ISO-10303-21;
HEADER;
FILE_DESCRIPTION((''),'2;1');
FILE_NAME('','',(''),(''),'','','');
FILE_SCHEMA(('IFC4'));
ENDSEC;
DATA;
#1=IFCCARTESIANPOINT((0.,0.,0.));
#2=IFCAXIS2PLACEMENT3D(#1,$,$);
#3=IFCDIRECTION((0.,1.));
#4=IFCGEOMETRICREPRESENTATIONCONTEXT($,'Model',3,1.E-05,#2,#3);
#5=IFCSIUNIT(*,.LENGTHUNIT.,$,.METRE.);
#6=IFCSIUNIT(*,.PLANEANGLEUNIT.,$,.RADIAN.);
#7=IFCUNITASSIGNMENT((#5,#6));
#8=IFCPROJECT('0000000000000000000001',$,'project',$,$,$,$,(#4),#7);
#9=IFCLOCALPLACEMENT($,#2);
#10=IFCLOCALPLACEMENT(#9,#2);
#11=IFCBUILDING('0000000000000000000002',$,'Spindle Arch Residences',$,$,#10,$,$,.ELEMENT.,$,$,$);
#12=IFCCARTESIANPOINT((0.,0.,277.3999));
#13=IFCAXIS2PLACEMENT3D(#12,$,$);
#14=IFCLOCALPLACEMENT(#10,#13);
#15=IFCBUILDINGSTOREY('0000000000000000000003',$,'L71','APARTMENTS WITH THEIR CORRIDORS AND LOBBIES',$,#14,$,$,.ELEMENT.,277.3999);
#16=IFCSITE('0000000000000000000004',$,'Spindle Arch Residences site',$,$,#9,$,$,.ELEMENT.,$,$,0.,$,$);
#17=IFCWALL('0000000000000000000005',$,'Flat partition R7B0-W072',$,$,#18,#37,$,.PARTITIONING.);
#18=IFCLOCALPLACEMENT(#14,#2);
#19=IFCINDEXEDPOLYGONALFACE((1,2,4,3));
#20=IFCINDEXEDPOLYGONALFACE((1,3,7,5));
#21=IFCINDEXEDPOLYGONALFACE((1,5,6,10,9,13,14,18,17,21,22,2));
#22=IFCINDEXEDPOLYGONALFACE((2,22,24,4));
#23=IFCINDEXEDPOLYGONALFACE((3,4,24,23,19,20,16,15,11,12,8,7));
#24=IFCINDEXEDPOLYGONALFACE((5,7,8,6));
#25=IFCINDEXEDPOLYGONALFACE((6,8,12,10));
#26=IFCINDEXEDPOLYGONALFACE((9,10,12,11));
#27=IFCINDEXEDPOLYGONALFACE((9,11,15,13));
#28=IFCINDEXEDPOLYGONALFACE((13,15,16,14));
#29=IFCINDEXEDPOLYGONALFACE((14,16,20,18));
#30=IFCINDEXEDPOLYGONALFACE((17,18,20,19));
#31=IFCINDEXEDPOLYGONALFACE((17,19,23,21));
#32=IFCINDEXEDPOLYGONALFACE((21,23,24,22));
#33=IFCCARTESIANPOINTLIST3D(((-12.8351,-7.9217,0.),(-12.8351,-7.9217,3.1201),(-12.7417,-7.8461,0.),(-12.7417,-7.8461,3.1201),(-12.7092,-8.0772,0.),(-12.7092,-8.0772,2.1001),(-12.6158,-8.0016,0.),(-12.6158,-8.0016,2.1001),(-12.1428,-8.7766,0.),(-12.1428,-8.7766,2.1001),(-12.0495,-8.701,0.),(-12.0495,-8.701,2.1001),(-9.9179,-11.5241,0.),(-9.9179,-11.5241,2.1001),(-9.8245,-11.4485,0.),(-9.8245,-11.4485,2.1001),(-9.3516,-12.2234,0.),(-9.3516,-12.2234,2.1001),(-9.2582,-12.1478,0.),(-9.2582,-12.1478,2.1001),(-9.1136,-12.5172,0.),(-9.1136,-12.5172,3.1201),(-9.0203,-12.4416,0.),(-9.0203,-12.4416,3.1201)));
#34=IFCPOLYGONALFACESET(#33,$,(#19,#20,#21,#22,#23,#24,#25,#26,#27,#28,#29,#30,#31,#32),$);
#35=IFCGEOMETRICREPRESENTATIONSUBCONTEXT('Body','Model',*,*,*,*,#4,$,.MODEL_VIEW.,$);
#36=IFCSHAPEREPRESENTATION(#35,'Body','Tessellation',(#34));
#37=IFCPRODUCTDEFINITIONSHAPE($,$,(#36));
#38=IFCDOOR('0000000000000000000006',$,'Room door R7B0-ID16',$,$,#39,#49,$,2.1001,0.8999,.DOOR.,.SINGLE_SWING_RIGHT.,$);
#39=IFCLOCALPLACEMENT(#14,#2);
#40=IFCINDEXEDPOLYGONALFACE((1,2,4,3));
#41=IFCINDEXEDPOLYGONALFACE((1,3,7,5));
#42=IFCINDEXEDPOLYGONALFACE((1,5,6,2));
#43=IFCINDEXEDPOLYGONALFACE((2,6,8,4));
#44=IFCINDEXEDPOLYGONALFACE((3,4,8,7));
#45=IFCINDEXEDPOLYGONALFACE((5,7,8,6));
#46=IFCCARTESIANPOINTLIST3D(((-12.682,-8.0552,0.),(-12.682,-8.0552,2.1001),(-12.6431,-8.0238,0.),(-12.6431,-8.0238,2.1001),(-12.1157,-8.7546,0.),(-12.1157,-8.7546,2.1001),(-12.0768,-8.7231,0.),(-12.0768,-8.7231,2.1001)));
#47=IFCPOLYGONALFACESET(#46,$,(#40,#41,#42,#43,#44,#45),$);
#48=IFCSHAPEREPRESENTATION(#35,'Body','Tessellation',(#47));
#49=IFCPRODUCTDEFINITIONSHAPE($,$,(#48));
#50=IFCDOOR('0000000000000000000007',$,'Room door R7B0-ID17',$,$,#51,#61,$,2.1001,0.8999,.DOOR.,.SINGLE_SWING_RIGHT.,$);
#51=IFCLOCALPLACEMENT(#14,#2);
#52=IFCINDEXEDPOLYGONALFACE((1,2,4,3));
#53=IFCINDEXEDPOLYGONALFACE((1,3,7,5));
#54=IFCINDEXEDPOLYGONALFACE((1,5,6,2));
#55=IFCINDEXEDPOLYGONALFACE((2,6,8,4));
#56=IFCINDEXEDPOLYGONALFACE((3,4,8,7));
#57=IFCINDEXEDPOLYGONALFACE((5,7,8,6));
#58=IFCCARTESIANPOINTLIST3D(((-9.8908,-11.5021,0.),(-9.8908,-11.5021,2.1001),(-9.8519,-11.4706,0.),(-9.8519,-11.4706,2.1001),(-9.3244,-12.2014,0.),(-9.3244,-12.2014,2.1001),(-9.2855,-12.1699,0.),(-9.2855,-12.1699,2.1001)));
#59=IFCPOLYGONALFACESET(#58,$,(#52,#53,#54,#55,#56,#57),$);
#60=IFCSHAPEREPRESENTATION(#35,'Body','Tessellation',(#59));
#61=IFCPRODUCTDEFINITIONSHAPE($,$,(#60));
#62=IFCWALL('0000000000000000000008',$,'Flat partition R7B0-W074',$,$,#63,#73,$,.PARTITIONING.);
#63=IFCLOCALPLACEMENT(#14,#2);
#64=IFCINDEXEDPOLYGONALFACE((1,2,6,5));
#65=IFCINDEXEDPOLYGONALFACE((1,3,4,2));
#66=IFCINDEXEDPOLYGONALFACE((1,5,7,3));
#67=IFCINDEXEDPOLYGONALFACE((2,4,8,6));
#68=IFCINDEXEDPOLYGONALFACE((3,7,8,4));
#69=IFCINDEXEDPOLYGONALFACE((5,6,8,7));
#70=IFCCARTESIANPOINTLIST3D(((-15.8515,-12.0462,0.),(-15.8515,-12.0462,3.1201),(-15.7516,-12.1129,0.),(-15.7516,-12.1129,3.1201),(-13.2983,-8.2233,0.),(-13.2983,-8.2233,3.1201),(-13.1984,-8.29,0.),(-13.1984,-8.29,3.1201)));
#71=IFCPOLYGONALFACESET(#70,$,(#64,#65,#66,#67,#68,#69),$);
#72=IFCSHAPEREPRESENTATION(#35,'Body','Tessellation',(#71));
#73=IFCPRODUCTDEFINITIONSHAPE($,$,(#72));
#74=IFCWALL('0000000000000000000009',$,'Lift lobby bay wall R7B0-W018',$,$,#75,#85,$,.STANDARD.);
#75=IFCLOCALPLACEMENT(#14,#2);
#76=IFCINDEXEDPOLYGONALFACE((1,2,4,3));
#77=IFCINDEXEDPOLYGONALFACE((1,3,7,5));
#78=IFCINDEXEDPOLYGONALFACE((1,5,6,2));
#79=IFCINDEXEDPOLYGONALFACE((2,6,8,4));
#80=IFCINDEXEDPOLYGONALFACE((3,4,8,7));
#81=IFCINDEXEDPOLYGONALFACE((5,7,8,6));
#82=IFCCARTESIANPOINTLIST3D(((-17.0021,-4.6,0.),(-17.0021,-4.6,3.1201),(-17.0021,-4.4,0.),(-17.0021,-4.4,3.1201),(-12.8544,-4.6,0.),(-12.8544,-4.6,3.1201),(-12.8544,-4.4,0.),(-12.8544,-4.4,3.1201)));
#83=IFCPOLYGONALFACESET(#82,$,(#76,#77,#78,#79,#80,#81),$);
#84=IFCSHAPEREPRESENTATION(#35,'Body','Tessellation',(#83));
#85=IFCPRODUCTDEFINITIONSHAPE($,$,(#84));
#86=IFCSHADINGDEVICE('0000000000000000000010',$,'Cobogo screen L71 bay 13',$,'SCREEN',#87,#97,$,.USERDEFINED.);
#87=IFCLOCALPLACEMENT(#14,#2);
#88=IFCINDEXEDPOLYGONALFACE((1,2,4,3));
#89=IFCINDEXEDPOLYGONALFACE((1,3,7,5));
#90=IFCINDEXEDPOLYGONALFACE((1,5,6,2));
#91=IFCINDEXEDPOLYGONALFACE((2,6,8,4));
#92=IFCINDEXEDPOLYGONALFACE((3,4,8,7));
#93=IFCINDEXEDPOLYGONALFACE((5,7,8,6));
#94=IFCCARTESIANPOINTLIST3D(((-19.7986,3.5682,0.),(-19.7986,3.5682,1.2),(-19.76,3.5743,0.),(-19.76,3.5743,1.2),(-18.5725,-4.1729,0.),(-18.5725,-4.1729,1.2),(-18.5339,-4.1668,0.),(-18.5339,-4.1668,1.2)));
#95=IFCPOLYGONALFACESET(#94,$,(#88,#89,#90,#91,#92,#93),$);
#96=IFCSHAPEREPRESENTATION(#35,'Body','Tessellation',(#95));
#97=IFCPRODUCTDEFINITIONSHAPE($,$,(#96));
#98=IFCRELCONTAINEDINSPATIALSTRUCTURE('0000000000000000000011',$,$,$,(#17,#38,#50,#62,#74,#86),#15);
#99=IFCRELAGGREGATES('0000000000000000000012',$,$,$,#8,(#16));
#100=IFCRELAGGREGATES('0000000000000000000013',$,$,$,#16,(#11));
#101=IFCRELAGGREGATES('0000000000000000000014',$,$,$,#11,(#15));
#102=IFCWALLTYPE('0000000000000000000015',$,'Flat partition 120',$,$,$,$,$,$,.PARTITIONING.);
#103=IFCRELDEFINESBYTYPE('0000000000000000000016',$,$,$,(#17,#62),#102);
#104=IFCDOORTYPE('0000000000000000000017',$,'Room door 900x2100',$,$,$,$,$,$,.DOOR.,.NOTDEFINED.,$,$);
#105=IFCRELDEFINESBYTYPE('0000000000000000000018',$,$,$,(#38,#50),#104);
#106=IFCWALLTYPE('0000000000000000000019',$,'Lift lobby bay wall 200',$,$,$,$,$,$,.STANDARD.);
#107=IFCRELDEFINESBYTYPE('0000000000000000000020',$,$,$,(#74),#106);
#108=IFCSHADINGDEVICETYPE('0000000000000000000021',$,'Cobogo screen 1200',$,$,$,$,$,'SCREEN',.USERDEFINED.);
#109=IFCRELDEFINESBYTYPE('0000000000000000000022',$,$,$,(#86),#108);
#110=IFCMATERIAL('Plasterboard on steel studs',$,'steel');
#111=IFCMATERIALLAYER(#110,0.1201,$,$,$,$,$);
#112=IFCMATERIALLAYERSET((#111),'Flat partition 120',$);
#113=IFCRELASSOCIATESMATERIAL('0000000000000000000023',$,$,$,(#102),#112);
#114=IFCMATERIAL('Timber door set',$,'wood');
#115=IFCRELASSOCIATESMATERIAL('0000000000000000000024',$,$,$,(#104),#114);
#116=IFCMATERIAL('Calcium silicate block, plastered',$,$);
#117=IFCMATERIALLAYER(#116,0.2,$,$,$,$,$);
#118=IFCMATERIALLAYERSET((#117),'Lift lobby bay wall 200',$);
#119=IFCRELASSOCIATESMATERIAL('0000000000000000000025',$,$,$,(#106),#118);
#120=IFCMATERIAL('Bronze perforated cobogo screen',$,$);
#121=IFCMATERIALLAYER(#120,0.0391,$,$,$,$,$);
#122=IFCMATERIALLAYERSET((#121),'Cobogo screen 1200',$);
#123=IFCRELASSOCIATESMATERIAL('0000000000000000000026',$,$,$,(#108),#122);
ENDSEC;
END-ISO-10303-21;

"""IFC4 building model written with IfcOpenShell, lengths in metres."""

from ifc_helpers import new_model, si_unit, direction, frame, frame_2d, origin, origin_2d, place, context, subcontext, project, spatial, rectangle, extrude, material, layer, layer_set, type_object, element, fill, save


model = new_model("IFC4")

# Units and contexts
model_context = context("Model", 3, precision=1e-05, world=origin(), true_north=direction((0.0, 1.0)))
body_context = subcontext(model_context, "Body", "Model", "MODEL_VIEW")
ifc_project = project(units=[si_unit("LENGTHUNIT", "METRE"), si_unit("PLANEANGLEUNIT", "RADIAN")], contexts=[model_context])

# Site, building, storey
site_placement = place(None, origin())
site = spatial("IfcSite", under=ifc_project, at=site_placement, Name="Spindle Arch Residences site", CompositionType="ELEMENT", RefElevation=0.0)
building_placement = place(site_placement, origin())
building = spatial("IfcBuilding", under=site, at=building_placement, Name="Spindle Arch Residences", CompositionType="ELEMENT")
storey_placement = place(building_placement, frame((0.0, 0.0, 277.3999)))
storey = spatial("IfcBuildingStorey", under=building, at=storey_placement, Name="L71", Description="APARTMENTS WITH THEIR CORRIDORS AND LOBBIES", CompositionType="ELEMENT", Elevation=277.3999)

# Shared definitions
ifc_material_1 = material(Name="Plasterboard on steel studs", Category="steel")
ifc_layer_1 = layer(ifc_material_1, 0.1201)
ifc_layer_set_1 = layer_set([ifc_layer_1], Name="Flat partition 120")
wall_type_1 = type_object("IfcWallType", Name="Flat partition 120", PredefinedType="PARTITIONING", material=ifc_layer_set_1)
ifc_material_2 = material(Name="Timber door set", Category="wood")
door_type = type_object("IfcDoorType", Name="Room door 900x2100", OperationType="NOTDEFINED", PredefinedType="DOOR", material=ifc_material_2)

# Wall, openings, doors
wall_1_placement = place(storey_placement, frame((-12.7883, -7.884, 0.0), z_axis=(0.0, 0.0, 1.0), x_axis=(0.629331, -0.777137, 0.0)))
wall_1 = element("IfcWall", 1, at=wall_1_placement, inside=storey, type_object=wall_type_1, Name="Flat partition R7B0-W072", PredefinedType="PARTITIONING", context=body_context, shape_type="SweptSolid", body=[
    extrude(rectangle(XDim=5.9133, YDim=0.1201, at=frame_2d((2.9565, 0.0))), origin(), (0.0, 0.0, 1.0), 3.1201),
])
opening_1_placement = place(wall_1_placement, frame((0.2, 0.0, 0.0)))
opening_1 = element("IfcOpeningElement", 2, at=opening_1_placement, cuts=wall_1, PredefinedType="OPENING", context=body_context, shape_type="SweptSolid", body=[
    extrude(rectangle(XDim=0.8999, YDim=2.1001, at=frame_2d((0.45, 1.05))), frame((0.0, 0.0701, 0.0), z_axis=(0.0, -1.0, 0.0), x_axis=(1.0, 0.0, 0.0)), (0.0, 0.0, 1.0), 0.1401),
])
opening_2_placement = place(wall_1_placement, frame((4.6353, 0.0, 0.0)))
opening_2 = element("IfcOpeningElement", 3, at=opening_2_placement, cuts=wall_1, PredefinedType="OPENING", context=body_context, shape_type="SweptSolid", body=[
    extrude(rectangle(XDim=0.8999, YDim=2.1001, at=frame_2d((0.45, 1.05))), frame((0.0, 0.0701, 0.0), z_axis=(0.0, -1.0, 0.0), x_axis=(1.0, 0.0, 0.0)), (0.0, 0.0, 1.0), 0.1401),
])
door_1_placement = place(opening_1_placement, origin())
door_1 = element("IfcDoor", 4, at=door_1_placement, inside=storey, type_object=door_type, Name="Room door R7B0-ID16", OperationType="SINGLE_SWING_RIGHT", OverallHeight=2.1001, OverallWidth=0.8999, PredefinedType="DOOR", context=body_context, shape_type="SweptSolid", body=[
    extrude(rectangle(XDim=0.8999, YDim=2.1001, at=frame_2d((0.45, 1.05))), frame((0.0, 0.0249, 0.0), z_axis=(0.0, -1.0, 0.0), x_axis=(1.0, 0.0, 0.0)), (0.0, 0.0, 1.0), 0.05),
])
fill(opening_1, door_1)
door_2_placement = place(opening_2_placement, origin())
door_2 = element("IfcDoor", 5, at=door_2_placement, inside=storey, type_object=door_type, Name="Room door R7B0-ID17", OperationType="SINGLE_SWING_RIGHT", OverallHeight=2.1001, OverallWidth=0.8999, PredefinedType="DOOR", context=body_context, shape_type="SweptSolid", body=[
    extrude(rectangle(XDim=0.8999, YDim=2.1001, at=frame_2d((0.45, 1.05))), frame((0.0, 0.0249, 0.0), z_axis=(0.0, -1.0, 0.0), x_axis=(1.0, 0.0, 0.0)), (0.0, 0.0, 1.0), 0.05),
])
fill(opening_2, door_2)

# Walls
wall_2_placement = place(storey_placement, frame((-15.8015, -12.0796, 0.0), z_axis=(0.0, 0.0, 1.0), x_axis=(0.555386, 0.831592, 0.0)))
element("IfcWall", 6, at=wall_2_placement, inside=storey, type_object=wall_type_1, Name="Flat partition R7B0-W074", PredefinedType="PARTITIONING", context=body_context, shape_type="SweptSolid", body=[
    extrude(rectangle(XDim=4.5972, YDim=0.1201, at=frame_2d((2.2986, 0.0))), origin(), (0.0, 0.0, 1.0), 3.1201),
])
ifc_material_3 = material(Name="Calcium silicate block, plastered")
ifc_layer_2 = layer(ifc_material_3, 0.2)
ifc_layer_set_2 = layer_set([ifc_layer_2], Name="Lift lobby bay wall 200")
wall_type_2 = type_object("IfcWallType", Name="Lift lobby bay wall 200", PredefinedType="STANDARD", material=ifc_layer_set_2)
wall_3_placement = place(storey_placement, frame((-17.002, -4.5, 0.0), z_axis=(0.0, 0.0, 1.0), x_axis=(1.0, 0.0, 0.0)))
element("IfcWall", 7, at=wall_3_placement, inside=storey, type_object=wall_type_2, Name="Lift lobby bay wall R7B0-W018", PredefinedType="STANDARD", context=body_context, shape_type="SweptSolid", body=[
    extrude(rectangle(XDim=4.1477, YDim=0.2, at=frame_2d((2.0737, 0.0))), origin(), (0.0, 0.0, 1.0), 3.1201),
])

# Shading device
ifc_material_4 = material(Name="Bronze perforated cobogo screen")
ifc_layer_3 = layer(ifc_material_4, 0.0391)
ifc_layer_set_3 = layer_set([ifc_layer_3], Name="Cobogo screen 1200")
shading_device_type = type_object("IfcShadingDeviceType", Name="Cobogo screen 1200", ElementType="SCREEN", PredefinedType="USERDEFINED", material=ifc_layer_set_3)
shading_device_placement = place(storey_placement, frame((-19.1663, -0.2993, 0.0), z_axis=(0.0, 0.0, 1.0), x_axis=(0.156434, -0.987688, 0.0)))
element("IfcShadingDevice", 8, at=shading_device_placement, inside=storey, type_object=shading_device_type, Name="Cobogo screen L71 bay 13", ObjectType="SCREEN", PredefinedType="USERDEFINED", context=body_context, shape_type="SweptSolid", body=[
    extrude(rectangle(XDim=7.8376, YDim=0.0391, at=origin_2d()), origin(), (0.0, 0.0, 1.0), 1.2),
])

save(model, "model.ifc")
